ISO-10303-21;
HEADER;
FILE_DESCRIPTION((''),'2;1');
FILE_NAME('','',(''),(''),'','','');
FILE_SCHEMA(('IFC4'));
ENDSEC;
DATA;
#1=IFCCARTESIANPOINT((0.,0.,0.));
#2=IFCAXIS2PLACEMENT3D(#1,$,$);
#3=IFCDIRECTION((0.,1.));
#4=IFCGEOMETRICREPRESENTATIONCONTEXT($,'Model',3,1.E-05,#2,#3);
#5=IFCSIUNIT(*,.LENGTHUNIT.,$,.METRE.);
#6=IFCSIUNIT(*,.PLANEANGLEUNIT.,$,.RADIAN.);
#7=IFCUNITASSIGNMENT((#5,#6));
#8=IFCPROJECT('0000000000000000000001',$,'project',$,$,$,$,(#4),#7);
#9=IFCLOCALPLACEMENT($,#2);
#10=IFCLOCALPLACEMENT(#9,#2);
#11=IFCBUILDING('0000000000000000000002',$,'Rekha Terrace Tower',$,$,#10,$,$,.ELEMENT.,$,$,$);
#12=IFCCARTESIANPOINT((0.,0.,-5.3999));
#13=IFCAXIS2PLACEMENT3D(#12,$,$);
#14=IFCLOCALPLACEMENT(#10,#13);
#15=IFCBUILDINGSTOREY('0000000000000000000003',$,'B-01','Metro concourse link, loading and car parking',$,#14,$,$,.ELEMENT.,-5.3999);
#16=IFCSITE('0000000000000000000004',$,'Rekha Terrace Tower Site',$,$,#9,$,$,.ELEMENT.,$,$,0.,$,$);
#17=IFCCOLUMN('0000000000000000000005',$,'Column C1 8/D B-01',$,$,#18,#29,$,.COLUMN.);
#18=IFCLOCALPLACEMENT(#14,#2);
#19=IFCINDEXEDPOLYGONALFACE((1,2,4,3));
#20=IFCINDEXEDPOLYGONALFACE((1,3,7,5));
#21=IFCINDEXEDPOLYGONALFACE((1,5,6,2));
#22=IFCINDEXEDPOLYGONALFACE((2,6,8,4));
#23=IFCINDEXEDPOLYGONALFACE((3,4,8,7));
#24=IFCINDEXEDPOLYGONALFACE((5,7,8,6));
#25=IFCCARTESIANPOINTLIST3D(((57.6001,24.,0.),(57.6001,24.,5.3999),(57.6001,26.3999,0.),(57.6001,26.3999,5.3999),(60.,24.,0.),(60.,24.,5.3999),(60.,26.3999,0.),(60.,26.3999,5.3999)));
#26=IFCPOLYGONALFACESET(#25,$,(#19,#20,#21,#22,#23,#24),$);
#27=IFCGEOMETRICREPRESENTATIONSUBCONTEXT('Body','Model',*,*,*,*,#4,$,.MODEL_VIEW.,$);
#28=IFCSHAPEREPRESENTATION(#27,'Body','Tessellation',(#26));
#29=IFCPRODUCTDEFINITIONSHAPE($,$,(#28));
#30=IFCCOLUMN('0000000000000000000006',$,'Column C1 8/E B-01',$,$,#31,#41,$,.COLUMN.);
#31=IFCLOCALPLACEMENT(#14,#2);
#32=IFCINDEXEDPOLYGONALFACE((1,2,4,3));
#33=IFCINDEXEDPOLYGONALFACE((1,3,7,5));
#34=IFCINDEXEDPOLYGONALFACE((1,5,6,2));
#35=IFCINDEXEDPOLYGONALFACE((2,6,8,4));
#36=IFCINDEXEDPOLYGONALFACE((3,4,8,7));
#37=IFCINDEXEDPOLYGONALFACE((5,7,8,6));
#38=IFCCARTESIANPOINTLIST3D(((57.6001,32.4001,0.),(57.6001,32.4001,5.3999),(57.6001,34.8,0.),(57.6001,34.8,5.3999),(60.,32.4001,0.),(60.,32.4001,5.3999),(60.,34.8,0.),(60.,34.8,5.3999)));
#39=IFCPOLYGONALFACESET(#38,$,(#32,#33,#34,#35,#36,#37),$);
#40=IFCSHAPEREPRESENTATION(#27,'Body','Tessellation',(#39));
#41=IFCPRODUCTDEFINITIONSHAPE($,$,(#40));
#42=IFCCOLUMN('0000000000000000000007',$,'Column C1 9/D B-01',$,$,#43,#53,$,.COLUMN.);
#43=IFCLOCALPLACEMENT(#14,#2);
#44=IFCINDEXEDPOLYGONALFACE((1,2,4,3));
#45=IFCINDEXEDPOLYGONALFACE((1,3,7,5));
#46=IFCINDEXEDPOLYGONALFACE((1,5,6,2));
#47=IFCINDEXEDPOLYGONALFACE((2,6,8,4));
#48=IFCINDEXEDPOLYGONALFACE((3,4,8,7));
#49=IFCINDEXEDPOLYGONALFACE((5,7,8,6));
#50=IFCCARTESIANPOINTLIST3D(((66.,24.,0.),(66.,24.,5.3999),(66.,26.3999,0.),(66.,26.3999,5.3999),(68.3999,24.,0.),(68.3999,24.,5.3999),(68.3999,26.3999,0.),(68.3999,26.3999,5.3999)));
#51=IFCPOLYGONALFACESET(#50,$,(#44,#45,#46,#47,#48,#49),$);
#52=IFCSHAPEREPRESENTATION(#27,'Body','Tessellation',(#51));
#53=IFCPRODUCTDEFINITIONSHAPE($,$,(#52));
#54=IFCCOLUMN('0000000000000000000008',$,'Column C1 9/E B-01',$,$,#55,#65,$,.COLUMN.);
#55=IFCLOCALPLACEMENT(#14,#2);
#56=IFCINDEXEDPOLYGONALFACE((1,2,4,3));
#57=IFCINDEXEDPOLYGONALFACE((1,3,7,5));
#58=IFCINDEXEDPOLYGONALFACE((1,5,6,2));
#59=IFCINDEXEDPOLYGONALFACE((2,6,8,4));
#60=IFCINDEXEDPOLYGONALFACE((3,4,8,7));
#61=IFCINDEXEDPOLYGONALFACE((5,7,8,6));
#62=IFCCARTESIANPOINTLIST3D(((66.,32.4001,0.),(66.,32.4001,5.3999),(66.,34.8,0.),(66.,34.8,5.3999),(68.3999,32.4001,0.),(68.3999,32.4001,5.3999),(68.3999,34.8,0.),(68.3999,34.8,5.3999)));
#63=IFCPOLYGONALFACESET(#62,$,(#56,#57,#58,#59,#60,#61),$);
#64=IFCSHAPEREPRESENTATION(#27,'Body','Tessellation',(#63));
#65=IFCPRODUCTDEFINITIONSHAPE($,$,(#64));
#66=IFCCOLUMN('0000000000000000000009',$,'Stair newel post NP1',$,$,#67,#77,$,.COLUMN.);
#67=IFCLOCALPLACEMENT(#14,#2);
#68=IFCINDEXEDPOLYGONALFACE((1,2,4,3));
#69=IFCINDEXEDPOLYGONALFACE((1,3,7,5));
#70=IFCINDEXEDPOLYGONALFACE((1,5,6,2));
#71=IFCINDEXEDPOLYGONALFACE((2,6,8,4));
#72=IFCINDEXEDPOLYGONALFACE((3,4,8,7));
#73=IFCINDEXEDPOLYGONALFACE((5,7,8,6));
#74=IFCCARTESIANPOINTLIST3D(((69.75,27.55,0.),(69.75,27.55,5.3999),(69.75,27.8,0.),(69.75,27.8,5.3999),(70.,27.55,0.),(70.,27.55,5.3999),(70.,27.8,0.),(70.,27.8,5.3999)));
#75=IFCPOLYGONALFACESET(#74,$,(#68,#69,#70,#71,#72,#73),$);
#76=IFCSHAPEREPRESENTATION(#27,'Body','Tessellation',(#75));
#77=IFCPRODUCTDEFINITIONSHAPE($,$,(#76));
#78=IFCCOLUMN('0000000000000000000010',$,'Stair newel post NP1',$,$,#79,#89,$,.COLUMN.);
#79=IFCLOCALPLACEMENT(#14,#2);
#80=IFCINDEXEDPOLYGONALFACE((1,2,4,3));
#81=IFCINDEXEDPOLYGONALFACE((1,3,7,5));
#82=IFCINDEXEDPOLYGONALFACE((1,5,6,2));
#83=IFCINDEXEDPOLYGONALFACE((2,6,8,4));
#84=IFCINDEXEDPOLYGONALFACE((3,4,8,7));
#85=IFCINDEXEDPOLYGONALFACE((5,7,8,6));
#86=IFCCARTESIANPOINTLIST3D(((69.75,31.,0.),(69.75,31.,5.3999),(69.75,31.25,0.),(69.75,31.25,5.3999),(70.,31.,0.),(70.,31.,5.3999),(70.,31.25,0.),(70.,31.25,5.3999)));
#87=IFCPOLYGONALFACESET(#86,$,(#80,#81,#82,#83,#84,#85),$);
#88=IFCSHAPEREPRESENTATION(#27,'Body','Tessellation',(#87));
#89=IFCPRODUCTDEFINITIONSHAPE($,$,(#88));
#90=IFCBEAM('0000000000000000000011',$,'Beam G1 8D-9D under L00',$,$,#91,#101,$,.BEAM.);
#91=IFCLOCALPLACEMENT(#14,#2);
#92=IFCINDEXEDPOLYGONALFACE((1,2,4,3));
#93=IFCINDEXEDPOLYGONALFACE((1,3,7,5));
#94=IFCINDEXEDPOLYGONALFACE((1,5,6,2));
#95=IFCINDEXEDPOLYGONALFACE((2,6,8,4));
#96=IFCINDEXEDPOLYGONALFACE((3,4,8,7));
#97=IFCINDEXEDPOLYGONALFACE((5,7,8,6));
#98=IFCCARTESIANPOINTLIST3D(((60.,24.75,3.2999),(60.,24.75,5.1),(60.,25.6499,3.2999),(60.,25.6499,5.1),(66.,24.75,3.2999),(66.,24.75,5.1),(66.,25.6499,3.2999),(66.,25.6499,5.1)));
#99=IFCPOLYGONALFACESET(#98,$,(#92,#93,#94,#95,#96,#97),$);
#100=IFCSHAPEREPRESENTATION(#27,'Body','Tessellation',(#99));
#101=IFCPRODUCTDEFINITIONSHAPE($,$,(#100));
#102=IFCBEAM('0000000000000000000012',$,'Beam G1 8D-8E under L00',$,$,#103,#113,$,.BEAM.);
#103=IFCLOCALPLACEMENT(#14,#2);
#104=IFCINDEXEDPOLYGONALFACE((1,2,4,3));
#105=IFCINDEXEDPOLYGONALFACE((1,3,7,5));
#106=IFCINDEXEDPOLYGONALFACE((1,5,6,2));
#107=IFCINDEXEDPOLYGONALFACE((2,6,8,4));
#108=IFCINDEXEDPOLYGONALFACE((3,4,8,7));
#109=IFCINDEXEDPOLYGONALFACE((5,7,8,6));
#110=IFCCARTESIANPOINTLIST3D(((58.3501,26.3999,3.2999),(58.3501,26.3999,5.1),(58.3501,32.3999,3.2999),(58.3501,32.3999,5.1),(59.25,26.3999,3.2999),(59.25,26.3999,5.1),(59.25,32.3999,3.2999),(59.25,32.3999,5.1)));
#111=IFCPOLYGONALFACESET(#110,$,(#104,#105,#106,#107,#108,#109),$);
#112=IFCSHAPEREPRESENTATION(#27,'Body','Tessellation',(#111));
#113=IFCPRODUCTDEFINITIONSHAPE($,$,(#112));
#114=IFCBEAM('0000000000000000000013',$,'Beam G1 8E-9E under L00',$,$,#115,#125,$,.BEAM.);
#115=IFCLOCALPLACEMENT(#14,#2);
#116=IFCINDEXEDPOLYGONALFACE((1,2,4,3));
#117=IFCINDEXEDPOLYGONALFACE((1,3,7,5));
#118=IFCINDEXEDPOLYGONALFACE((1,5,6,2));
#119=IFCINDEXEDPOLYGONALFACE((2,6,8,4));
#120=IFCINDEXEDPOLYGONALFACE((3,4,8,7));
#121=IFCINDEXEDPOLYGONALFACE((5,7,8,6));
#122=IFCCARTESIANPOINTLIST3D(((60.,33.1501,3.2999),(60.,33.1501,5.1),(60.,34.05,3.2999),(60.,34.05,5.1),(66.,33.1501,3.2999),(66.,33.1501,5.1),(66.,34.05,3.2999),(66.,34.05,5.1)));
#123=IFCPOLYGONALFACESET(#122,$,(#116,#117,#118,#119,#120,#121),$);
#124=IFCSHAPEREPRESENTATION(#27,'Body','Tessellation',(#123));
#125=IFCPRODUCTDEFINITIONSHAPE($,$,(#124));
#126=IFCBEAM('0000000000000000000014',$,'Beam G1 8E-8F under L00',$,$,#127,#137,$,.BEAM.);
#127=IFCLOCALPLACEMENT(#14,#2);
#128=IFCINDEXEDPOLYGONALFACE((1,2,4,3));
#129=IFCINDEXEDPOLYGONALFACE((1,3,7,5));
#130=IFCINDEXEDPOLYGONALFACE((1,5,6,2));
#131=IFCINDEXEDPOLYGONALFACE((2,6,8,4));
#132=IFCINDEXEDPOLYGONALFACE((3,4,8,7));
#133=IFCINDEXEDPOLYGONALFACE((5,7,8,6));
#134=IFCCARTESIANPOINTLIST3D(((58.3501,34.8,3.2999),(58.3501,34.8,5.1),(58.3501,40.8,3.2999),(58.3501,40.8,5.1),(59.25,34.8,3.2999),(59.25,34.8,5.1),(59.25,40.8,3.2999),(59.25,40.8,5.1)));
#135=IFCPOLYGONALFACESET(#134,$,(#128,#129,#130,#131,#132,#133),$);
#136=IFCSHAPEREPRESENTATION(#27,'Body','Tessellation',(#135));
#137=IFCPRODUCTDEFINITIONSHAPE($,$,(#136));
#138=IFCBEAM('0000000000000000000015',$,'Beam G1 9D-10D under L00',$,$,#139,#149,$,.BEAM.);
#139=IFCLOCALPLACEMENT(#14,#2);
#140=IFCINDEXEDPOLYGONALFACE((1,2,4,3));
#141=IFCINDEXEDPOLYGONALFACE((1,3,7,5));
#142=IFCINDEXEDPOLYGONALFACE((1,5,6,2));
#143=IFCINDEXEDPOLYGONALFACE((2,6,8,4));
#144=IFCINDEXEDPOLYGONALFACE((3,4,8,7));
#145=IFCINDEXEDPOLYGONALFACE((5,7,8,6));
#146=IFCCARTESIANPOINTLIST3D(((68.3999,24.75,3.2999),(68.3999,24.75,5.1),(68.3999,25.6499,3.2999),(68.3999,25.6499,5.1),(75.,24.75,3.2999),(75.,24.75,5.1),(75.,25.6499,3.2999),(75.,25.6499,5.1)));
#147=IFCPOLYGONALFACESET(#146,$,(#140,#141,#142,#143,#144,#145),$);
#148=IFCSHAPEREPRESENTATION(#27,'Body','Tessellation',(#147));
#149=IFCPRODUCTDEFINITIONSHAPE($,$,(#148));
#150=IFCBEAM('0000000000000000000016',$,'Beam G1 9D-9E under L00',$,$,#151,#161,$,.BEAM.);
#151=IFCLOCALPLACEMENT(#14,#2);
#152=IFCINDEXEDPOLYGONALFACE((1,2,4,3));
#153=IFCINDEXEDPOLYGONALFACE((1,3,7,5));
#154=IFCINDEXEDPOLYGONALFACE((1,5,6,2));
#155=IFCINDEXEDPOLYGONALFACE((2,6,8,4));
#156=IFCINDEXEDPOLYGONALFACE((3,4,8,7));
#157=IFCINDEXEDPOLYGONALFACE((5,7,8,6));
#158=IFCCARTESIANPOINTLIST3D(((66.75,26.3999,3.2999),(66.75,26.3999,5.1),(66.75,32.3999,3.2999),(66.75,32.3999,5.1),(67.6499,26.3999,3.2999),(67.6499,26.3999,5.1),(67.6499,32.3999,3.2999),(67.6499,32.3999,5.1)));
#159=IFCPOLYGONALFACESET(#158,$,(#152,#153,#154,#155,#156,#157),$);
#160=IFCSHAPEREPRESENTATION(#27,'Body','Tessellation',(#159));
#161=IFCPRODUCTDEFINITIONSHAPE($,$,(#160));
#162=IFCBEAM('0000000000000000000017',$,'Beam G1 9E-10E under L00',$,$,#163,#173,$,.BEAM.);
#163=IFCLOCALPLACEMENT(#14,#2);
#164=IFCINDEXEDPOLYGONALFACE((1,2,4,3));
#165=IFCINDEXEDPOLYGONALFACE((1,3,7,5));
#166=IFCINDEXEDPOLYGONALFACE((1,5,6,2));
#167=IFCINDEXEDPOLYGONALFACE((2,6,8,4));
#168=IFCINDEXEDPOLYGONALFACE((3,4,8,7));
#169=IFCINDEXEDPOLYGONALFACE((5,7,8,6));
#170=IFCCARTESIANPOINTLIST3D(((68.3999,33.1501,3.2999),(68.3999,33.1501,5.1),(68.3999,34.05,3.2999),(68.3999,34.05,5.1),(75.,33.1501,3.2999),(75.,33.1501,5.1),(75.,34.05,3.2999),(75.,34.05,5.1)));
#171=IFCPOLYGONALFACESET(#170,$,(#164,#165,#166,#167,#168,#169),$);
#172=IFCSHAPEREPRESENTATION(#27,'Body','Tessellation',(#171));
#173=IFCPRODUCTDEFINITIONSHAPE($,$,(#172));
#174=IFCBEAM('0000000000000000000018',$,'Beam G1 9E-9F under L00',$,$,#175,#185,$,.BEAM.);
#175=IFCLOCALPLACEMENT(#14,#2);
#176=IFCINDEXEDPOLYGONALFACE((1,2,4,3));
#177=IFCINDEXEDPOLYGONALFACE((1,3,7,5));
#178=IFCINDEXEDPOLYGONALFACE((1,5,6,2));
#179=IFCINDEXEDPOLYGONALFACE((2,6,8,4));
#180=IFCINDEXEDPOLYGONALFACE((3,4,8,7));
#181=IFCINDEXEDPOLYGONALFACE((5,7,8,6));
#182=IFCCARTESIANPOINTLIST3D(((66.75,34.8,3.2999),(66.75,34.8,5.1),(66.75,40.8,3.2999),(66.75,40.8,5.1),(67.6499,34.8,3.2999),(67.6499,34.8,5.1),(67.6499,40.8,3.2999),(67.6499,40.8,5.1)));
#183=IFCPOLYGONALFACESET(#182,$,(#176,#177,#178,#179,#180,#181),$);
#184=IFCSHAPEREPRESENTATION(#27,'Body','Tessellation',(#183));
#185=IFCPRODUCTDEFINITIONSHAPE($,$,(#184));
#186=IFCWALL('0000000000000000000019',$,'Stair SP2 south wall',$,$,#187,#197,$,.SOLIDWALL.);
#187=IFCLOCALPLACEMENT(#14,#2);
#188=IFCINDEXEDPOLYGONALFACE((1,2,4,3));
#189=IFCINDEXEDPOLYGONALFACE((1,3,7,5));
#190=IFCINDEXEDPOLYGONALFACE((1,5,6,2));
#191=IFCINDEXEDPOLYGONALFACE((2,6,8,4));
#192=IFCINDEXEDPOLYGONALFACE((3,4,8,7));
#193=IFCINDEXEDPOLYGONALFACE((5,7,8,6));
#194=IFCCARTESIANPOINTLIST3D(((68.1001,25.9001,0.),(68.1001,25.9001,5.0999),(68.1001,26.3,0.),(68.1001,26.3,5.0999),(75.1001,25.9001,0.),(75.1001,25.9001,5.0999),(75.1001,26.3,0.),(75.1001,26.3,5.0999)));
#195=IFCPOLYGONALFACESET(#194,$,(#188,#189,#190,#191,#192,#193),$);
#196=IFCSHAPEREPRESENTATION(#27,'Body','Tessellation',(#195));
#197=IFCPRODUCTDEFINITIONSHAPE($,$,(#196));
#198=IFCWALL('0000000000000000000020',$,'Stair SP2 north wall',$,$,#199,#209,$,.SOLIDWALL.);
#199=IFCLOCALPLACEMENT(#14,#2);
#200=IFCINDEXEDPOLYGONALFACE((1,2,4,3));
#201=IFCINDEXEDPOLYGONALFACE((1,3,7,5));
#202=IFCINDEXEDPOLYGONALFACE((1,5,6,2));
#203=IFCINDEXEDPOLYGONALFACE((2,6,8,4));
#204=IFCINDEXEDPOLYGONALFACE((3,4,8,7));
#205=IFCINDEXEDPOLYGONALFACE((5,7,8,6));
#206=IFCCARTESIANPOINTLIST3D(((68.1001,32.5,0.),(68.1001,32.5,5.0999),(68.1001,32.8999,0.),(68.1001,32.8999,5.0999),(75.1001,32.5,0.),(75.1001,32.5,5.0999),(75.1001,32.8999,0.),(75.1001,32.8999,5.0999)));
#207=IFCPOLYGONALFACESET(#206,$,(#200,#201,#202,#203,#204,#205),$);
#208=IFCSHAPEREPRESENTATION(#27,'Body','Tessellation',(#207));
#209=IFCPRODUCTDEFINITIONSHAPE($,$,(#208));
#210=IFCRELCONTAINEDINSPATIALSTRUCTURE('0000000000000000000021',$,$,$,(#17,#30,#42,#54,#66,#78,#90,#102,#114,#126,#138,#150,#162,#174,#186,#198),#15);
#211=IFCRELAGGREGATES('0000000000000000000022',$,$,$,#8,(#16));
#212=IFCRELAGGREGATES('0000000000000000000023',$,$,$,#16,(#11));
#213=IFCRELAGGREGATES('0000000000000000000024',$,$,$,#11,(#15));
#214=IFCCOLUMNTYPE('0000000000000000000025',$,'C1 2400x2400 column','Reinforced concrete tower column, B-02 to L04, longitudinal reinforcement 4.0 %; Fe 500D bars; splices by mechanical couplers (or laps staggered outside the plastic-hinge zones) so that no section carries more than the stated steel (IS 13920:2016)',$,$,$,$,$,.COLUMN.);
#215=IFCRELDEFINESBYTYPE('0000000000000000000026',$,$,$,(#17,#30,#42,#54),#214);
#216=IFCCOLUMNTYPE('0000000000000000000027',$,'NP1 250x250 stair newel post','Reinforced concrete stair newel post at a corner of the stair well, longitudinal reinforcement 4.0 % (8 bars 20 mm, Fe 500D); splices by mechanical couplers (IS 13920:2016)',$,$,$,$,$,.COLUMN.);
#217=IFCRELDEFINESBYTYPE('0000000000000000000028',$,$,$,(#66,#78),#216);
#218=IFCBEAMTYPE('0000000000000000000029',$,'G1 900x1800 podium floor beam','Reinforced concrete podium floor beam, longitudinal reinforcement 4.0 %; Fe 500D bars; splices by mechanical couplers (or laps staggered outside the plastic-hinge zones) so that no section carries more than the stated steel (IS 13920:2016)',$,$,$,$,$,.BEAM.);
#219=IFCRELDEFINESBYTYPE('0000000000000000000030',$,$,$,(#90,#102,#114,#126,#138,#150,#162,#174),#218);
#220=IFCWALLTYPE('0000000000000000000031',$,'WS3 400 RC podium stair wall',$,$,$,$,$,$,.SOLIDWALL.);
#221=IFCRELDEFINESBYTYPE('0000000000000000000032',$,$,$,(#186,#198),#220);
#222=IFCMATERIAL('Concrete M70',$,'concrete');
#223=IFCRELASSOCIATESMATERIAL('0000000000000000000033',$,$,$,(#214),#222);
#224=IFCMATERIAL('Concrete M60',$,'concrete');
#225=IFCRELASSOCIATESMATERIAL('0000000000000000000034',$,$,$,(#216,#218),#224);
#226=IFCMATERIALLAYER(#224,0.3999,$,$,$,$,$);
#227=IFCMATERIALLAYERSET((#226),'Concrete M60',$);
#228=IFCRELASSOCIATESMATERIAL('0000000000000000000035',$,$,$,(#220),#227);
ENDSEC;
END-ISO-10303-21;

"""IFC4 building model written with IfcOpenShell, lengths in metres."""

from ifc_helpers import new_model, si_unit, direction, frame, frame_2d, origin, origin_2d, place, context, subcontext, project, spatial, rectangle, extrude, material, layer, layer_set, material_profile, profile_set, type_object, element, save


model = new_model("IFC4")

# Units and contexts
model_context = context("Model", 3, precision=1e-05, world=origin(), true_north=direction((0.0, 1.0)))
body_context = subcontext(model_context, "Body", "Model", "MODEL_VIEW")
ifc_project = project(units=[si_unit("LENGTHUNIT", "METRE"), si_unit("PLANEANGLEUNIT", "RADIAN")], contexts=[model_context])

# Site, building, storey
site_placement = place(None, origin())
site = spatial("IfcSite", under=ifc_project, at=site_placement, Name="Rekha Terrace Tower Site", CompositionType="ELEMENT", RefElevation=0.0)
building_placement = place(site_placement, origin())
building = spatial("IfcBuilding", under=site, at=building_placement, Name="Rekha Terrace Tower", CompositionType="ELEMENT")
storey_placement = place(building_placement, frame((0.0, 0.0, -5.3999)))
storey = spatial("IfcBuildingStorey", under=building, at=storey_placement, Name="B-01", Description="Metro concourse link, loading and car parking", CompositionType="ELEMENT", Elevation=-5.3999)

# Columns
ifc_material_1 = material(Name="Concrete M70", Category="concrete")
ifc_material_profile_1 = material_profile(ifc_material_1, rectangle(XDim=2.3999, YDim=2.3999, at=origin_2d()), Name="RC 2400x2400")
ifc_profile_set_1 = profile_set([ifc_material_profile_1], Name="Concrete M70")
column_type_1 = type_object("IfcColumnType", Name="C1 2400x2400 column", Description="Reinforced concrete tower column, B-02 to L04, longitudinal reinforcement 4.0 %; Fe 500D bars; splices by mechanical couplers (or laps staggered outside the plastic-hinge zones) so that no section carries more than the stated steel (IS 13920:2016)", PredefinedType="COLUMN", material=ifc_profile_set_1)
for number, where, z_axis, x_axis, name in (
    (1, (58.8, 25.2, 0.0), (0.0, 0.0, 1.0), (1.0, 0.0, 0.0), "Column C1 8/D B-01"),
    (2, (58.8, 33.6001, 0.0), (0.0, 0.0, 1.0), (1.0, 0.0, 0.0), "Column C1 8/E B-01"),
    (3, (67.2, 25.2, 0.0), (0.0, 0.0, 1.0), (1.0, 0.0, 0.0), "Column C1 9/D B-01"),
    (4, (67.2, 33.6001, 0.0), (0.0, 0.0, 1.0), (1.0, 0.0, 0.0), "Column C1 9/E B-01"),
):
    element("IfcColumn", number, at=place(storey_placement, frame(where, z_axis=z_axis, x_axis=x_axis)), inside=storey, type_object=column_type_1, Name=name, PredefinedType="COLUMN", context=body_context, shape_type="SweptSolid", body=[
        extrude(rectangle(XDim=2.3999, YDim=2.3999, at=origin_2d()), origin(), (0.0, 0.0, 1.0), 5.3999),
    ])
ifc_material_2 = material(Name="Concrete M60", Category="concrete")
ifc_material_profile_2 = material_profile(ifc_material_2, rectangle(XDim=0.25, YDim=0.25, at=origin_2d()), Name="RC 250x250")
ifc_profile_set_2 = profile_set([ifc_material_profile_2], Name="Concrete M60")
column_type_2 = type_object("IfcColumnType", Name="NP1 250x250 stair newel post", Description="Reinforced concrete stair newel post at a corner of the stair well, longitudinal reinforcement 4.0 % (8 bars 20 mm, Fe 500D); splices by mechanical couplers (IS 13920:2016)", PredefinedType="COLUMN", material=ifc_profile_set_2)
for number, where, z_axis, x_axis, name in (
    (5, (69.875, 27.675, 0.0), (0.0, 0.0, 1.0), (1.0, 0.0, 0.0), "Stair newel post NP1"),
    (6, (69.875, 31.125, 0.0), (0.0, 0.0, 1.0), (1.0, 0.0, 0.0), "Stair newel post NP1"),
):
    element("IfcColumn", number, at=place(storey_placement, frame(where, z_axis=z_axis, x_axis=x_axis)), inside=storey, type_object=column_type_2, Name=name, PredefinedType="COLUMN", context=body_context, shape_type="SweptSolid", body=[
        extrude(rectangle(XDim=0.25, YDim=0.25, at=origin_2d()), origin(), (0.0, 0.0, 1.0), 5.3999),
    ])

# Beams
ifc_material_profile_3 = material_profile(ifc_material_2, rectangle(XDim=0.8999, YDim=1.8, at=origin_2d()), Name="RC 900x1800")
ifc_profile_set_3 = profile_set([ifc_material_profile_3], Name="Concrete M60")
beam_type = type_object("IfcBeamType", Name="G1 900x1800 podium floor beam", Description="Reinforced concrete podium floor beam, longitudinal reinforcement 4.0 %; Fe 500D bars; splices by mechanical couplers (or laps staggered outside the plastic-hinge zones) so that no section carries more than the stated steel (IS 13920:2016)", PredefinedType="BEAM", material=ifc_profile_set_3)
for number, where, z_axis, x_axis, name in (
    (7, (60.0, 25.2, 4.2), (1.0, 0.0, 0.0), (0.0, 1.0, 0.0), "Beam G1 8D-9D under L00"),
    (8, (58.8, 26.3999, 4.2), (0.0, 1.0, 0.0), (-1.0, 0.0, 0.0), "Beam G1 8D-8E under L00"),
    (9, (60.0, 33.6001, 4.2), (1.0, 0.0, 0.0), (0.0, 1.0, 0.0), "Beam G1 8E-9E under L00"),
    (10, (58.8, 34.8, 4.2), (0.0, 1.0, 0.0), (-1.0, 0.0, 0.0), "Beam G1 8E-8F under L00"),
):
    element("IfcBeam", number, at=place(storey_placement, frame(where, z_axis=z_axis, x_axis=x_axis)), inside=storey, type_object=beam_type, Name=name, PredefinedType="BEAM", context=body_context, shape_type="SweptSolid", body=[
        extrude(rectangle(XDim=0.8999, YDim=1.8, at=origin_2d()), origin(), (0.0, 0.0, 1.0), 6.0),
    ])
beam_1_placement = place(storey_placement, frame((68.3999, 25.2, 4.2), z_axis=(1.0, 0.0, 0.0), x_axis=(0.0, 1.0, 0.0)))
element("IfcBeam", 11, at=beam_1_placement, inside=storey, type_object=beam_type, Name="Beam G1 9D-10D under L00", PredefinedType="BEAM", context=body_context, shape_type="SweptSolid", body=[
    extrude(rectangle(XDim=0.8999, YDim=1.8, at=origin_2d()), origin(), (0.0, 0.0, 1.0), 6.6001),
])
beam_2_placement = place(storey_placement, frame((67.2, 26.3999, 4.2), z_axis=(0.0, 1.0, 0.0), x_axis=(-1.0, 0.0, 0.0)))
element("IfcBeam", 12, at=beam_2_placement, inside=storey, type_object=beam_type, Name="Beam G1 9D-9E under L00", PredefinedType="BEAM", context=body_context, shape_type="SweptSolid", body=[
    extrude(rectangle(XDim=0.8999, YDim=1.8, at=origin_2d()), origin(), (0.0, 0.0, 1.0), 6.0),
])
beam_3_placement = place(storey_placement, frame((68.3999, 33.6001, 4.2), z_axis=(1.0, 0.0, 0.0), x_axis=(0.0, 1.0, 0.0)))
element("IfcBeam", 13, at=beam_3_placement, inside=storey, type_object=beam_type, Name="Beam G1 9E-10E under L00", PredefinedType="BEAM", context=body_context, shape_type="SweptSolid", body=[
    extrude(rectangle(XDim=0.8999, YDim=1.8, at=origin_2d()), origin(), (0.0, 0.0, 1.0), 6.6001),
])
beam_4_placement = place(storey_placement, frame((67.2, 34.8, 4.2), z_axis=(0.0, 1.0, 0.0), x_axis=(-1.0, 0.0, 0.0)))
element("IfcBeam", 14, at=beam_4_placement, inside=storey, type_object=beam_type, Name="Beam G1 9E-9F under L00", PredefinedType="BEAM", context=body_context, shape_type="SweptSolid", body=[
    extrude(rectangle(XDim=0.8999, YDim=1.8, at=origin_2d()), origin(), (0.0, 0.0, 1.0), 6.0),
])

# Walls
ifc_layer = layer(ifc_material_2, 0.3999)
ifc_layer_set = layer_set([ifc_layer], Name="Concrete M60")
wall_type = type_object("IfcWallType", Name="WS3 400 RC podium stair wall", PredefinedType="SOLIDWALL", material=ifc_layer_set)
for number, where, z_axis, x_axis, name in (
    (15, (68.1001, 26.1001, 0.0), (0.0, 0.0, 1.0), (1.0, 0.0, 0.0), "Stair SP2 south wall"),
    (16, (68.1001, 32.7, 0.0), (0.0, 0.0, 1.0), (1.0, 0.0, 0.0), "Stair SP2 north wall"),
):
    element("IfcWall", number, at=place(storey_placement, frame(where, z_axis=z_axis, x_axis=x_axis)), inside=storey, type_object=wall_type, Name=name, PredefinedType="SOLIDWALL", context=body_context, shape_type="SweptSolid", body=[
        extrude(rectangle(XDim=7.0, YDim=0.3999, at=frame_2d((3.5, 0.0))), origin(), (0.0, 0.0, 1.0), 5.0999),
    ])

save(model, "model.ifc")
